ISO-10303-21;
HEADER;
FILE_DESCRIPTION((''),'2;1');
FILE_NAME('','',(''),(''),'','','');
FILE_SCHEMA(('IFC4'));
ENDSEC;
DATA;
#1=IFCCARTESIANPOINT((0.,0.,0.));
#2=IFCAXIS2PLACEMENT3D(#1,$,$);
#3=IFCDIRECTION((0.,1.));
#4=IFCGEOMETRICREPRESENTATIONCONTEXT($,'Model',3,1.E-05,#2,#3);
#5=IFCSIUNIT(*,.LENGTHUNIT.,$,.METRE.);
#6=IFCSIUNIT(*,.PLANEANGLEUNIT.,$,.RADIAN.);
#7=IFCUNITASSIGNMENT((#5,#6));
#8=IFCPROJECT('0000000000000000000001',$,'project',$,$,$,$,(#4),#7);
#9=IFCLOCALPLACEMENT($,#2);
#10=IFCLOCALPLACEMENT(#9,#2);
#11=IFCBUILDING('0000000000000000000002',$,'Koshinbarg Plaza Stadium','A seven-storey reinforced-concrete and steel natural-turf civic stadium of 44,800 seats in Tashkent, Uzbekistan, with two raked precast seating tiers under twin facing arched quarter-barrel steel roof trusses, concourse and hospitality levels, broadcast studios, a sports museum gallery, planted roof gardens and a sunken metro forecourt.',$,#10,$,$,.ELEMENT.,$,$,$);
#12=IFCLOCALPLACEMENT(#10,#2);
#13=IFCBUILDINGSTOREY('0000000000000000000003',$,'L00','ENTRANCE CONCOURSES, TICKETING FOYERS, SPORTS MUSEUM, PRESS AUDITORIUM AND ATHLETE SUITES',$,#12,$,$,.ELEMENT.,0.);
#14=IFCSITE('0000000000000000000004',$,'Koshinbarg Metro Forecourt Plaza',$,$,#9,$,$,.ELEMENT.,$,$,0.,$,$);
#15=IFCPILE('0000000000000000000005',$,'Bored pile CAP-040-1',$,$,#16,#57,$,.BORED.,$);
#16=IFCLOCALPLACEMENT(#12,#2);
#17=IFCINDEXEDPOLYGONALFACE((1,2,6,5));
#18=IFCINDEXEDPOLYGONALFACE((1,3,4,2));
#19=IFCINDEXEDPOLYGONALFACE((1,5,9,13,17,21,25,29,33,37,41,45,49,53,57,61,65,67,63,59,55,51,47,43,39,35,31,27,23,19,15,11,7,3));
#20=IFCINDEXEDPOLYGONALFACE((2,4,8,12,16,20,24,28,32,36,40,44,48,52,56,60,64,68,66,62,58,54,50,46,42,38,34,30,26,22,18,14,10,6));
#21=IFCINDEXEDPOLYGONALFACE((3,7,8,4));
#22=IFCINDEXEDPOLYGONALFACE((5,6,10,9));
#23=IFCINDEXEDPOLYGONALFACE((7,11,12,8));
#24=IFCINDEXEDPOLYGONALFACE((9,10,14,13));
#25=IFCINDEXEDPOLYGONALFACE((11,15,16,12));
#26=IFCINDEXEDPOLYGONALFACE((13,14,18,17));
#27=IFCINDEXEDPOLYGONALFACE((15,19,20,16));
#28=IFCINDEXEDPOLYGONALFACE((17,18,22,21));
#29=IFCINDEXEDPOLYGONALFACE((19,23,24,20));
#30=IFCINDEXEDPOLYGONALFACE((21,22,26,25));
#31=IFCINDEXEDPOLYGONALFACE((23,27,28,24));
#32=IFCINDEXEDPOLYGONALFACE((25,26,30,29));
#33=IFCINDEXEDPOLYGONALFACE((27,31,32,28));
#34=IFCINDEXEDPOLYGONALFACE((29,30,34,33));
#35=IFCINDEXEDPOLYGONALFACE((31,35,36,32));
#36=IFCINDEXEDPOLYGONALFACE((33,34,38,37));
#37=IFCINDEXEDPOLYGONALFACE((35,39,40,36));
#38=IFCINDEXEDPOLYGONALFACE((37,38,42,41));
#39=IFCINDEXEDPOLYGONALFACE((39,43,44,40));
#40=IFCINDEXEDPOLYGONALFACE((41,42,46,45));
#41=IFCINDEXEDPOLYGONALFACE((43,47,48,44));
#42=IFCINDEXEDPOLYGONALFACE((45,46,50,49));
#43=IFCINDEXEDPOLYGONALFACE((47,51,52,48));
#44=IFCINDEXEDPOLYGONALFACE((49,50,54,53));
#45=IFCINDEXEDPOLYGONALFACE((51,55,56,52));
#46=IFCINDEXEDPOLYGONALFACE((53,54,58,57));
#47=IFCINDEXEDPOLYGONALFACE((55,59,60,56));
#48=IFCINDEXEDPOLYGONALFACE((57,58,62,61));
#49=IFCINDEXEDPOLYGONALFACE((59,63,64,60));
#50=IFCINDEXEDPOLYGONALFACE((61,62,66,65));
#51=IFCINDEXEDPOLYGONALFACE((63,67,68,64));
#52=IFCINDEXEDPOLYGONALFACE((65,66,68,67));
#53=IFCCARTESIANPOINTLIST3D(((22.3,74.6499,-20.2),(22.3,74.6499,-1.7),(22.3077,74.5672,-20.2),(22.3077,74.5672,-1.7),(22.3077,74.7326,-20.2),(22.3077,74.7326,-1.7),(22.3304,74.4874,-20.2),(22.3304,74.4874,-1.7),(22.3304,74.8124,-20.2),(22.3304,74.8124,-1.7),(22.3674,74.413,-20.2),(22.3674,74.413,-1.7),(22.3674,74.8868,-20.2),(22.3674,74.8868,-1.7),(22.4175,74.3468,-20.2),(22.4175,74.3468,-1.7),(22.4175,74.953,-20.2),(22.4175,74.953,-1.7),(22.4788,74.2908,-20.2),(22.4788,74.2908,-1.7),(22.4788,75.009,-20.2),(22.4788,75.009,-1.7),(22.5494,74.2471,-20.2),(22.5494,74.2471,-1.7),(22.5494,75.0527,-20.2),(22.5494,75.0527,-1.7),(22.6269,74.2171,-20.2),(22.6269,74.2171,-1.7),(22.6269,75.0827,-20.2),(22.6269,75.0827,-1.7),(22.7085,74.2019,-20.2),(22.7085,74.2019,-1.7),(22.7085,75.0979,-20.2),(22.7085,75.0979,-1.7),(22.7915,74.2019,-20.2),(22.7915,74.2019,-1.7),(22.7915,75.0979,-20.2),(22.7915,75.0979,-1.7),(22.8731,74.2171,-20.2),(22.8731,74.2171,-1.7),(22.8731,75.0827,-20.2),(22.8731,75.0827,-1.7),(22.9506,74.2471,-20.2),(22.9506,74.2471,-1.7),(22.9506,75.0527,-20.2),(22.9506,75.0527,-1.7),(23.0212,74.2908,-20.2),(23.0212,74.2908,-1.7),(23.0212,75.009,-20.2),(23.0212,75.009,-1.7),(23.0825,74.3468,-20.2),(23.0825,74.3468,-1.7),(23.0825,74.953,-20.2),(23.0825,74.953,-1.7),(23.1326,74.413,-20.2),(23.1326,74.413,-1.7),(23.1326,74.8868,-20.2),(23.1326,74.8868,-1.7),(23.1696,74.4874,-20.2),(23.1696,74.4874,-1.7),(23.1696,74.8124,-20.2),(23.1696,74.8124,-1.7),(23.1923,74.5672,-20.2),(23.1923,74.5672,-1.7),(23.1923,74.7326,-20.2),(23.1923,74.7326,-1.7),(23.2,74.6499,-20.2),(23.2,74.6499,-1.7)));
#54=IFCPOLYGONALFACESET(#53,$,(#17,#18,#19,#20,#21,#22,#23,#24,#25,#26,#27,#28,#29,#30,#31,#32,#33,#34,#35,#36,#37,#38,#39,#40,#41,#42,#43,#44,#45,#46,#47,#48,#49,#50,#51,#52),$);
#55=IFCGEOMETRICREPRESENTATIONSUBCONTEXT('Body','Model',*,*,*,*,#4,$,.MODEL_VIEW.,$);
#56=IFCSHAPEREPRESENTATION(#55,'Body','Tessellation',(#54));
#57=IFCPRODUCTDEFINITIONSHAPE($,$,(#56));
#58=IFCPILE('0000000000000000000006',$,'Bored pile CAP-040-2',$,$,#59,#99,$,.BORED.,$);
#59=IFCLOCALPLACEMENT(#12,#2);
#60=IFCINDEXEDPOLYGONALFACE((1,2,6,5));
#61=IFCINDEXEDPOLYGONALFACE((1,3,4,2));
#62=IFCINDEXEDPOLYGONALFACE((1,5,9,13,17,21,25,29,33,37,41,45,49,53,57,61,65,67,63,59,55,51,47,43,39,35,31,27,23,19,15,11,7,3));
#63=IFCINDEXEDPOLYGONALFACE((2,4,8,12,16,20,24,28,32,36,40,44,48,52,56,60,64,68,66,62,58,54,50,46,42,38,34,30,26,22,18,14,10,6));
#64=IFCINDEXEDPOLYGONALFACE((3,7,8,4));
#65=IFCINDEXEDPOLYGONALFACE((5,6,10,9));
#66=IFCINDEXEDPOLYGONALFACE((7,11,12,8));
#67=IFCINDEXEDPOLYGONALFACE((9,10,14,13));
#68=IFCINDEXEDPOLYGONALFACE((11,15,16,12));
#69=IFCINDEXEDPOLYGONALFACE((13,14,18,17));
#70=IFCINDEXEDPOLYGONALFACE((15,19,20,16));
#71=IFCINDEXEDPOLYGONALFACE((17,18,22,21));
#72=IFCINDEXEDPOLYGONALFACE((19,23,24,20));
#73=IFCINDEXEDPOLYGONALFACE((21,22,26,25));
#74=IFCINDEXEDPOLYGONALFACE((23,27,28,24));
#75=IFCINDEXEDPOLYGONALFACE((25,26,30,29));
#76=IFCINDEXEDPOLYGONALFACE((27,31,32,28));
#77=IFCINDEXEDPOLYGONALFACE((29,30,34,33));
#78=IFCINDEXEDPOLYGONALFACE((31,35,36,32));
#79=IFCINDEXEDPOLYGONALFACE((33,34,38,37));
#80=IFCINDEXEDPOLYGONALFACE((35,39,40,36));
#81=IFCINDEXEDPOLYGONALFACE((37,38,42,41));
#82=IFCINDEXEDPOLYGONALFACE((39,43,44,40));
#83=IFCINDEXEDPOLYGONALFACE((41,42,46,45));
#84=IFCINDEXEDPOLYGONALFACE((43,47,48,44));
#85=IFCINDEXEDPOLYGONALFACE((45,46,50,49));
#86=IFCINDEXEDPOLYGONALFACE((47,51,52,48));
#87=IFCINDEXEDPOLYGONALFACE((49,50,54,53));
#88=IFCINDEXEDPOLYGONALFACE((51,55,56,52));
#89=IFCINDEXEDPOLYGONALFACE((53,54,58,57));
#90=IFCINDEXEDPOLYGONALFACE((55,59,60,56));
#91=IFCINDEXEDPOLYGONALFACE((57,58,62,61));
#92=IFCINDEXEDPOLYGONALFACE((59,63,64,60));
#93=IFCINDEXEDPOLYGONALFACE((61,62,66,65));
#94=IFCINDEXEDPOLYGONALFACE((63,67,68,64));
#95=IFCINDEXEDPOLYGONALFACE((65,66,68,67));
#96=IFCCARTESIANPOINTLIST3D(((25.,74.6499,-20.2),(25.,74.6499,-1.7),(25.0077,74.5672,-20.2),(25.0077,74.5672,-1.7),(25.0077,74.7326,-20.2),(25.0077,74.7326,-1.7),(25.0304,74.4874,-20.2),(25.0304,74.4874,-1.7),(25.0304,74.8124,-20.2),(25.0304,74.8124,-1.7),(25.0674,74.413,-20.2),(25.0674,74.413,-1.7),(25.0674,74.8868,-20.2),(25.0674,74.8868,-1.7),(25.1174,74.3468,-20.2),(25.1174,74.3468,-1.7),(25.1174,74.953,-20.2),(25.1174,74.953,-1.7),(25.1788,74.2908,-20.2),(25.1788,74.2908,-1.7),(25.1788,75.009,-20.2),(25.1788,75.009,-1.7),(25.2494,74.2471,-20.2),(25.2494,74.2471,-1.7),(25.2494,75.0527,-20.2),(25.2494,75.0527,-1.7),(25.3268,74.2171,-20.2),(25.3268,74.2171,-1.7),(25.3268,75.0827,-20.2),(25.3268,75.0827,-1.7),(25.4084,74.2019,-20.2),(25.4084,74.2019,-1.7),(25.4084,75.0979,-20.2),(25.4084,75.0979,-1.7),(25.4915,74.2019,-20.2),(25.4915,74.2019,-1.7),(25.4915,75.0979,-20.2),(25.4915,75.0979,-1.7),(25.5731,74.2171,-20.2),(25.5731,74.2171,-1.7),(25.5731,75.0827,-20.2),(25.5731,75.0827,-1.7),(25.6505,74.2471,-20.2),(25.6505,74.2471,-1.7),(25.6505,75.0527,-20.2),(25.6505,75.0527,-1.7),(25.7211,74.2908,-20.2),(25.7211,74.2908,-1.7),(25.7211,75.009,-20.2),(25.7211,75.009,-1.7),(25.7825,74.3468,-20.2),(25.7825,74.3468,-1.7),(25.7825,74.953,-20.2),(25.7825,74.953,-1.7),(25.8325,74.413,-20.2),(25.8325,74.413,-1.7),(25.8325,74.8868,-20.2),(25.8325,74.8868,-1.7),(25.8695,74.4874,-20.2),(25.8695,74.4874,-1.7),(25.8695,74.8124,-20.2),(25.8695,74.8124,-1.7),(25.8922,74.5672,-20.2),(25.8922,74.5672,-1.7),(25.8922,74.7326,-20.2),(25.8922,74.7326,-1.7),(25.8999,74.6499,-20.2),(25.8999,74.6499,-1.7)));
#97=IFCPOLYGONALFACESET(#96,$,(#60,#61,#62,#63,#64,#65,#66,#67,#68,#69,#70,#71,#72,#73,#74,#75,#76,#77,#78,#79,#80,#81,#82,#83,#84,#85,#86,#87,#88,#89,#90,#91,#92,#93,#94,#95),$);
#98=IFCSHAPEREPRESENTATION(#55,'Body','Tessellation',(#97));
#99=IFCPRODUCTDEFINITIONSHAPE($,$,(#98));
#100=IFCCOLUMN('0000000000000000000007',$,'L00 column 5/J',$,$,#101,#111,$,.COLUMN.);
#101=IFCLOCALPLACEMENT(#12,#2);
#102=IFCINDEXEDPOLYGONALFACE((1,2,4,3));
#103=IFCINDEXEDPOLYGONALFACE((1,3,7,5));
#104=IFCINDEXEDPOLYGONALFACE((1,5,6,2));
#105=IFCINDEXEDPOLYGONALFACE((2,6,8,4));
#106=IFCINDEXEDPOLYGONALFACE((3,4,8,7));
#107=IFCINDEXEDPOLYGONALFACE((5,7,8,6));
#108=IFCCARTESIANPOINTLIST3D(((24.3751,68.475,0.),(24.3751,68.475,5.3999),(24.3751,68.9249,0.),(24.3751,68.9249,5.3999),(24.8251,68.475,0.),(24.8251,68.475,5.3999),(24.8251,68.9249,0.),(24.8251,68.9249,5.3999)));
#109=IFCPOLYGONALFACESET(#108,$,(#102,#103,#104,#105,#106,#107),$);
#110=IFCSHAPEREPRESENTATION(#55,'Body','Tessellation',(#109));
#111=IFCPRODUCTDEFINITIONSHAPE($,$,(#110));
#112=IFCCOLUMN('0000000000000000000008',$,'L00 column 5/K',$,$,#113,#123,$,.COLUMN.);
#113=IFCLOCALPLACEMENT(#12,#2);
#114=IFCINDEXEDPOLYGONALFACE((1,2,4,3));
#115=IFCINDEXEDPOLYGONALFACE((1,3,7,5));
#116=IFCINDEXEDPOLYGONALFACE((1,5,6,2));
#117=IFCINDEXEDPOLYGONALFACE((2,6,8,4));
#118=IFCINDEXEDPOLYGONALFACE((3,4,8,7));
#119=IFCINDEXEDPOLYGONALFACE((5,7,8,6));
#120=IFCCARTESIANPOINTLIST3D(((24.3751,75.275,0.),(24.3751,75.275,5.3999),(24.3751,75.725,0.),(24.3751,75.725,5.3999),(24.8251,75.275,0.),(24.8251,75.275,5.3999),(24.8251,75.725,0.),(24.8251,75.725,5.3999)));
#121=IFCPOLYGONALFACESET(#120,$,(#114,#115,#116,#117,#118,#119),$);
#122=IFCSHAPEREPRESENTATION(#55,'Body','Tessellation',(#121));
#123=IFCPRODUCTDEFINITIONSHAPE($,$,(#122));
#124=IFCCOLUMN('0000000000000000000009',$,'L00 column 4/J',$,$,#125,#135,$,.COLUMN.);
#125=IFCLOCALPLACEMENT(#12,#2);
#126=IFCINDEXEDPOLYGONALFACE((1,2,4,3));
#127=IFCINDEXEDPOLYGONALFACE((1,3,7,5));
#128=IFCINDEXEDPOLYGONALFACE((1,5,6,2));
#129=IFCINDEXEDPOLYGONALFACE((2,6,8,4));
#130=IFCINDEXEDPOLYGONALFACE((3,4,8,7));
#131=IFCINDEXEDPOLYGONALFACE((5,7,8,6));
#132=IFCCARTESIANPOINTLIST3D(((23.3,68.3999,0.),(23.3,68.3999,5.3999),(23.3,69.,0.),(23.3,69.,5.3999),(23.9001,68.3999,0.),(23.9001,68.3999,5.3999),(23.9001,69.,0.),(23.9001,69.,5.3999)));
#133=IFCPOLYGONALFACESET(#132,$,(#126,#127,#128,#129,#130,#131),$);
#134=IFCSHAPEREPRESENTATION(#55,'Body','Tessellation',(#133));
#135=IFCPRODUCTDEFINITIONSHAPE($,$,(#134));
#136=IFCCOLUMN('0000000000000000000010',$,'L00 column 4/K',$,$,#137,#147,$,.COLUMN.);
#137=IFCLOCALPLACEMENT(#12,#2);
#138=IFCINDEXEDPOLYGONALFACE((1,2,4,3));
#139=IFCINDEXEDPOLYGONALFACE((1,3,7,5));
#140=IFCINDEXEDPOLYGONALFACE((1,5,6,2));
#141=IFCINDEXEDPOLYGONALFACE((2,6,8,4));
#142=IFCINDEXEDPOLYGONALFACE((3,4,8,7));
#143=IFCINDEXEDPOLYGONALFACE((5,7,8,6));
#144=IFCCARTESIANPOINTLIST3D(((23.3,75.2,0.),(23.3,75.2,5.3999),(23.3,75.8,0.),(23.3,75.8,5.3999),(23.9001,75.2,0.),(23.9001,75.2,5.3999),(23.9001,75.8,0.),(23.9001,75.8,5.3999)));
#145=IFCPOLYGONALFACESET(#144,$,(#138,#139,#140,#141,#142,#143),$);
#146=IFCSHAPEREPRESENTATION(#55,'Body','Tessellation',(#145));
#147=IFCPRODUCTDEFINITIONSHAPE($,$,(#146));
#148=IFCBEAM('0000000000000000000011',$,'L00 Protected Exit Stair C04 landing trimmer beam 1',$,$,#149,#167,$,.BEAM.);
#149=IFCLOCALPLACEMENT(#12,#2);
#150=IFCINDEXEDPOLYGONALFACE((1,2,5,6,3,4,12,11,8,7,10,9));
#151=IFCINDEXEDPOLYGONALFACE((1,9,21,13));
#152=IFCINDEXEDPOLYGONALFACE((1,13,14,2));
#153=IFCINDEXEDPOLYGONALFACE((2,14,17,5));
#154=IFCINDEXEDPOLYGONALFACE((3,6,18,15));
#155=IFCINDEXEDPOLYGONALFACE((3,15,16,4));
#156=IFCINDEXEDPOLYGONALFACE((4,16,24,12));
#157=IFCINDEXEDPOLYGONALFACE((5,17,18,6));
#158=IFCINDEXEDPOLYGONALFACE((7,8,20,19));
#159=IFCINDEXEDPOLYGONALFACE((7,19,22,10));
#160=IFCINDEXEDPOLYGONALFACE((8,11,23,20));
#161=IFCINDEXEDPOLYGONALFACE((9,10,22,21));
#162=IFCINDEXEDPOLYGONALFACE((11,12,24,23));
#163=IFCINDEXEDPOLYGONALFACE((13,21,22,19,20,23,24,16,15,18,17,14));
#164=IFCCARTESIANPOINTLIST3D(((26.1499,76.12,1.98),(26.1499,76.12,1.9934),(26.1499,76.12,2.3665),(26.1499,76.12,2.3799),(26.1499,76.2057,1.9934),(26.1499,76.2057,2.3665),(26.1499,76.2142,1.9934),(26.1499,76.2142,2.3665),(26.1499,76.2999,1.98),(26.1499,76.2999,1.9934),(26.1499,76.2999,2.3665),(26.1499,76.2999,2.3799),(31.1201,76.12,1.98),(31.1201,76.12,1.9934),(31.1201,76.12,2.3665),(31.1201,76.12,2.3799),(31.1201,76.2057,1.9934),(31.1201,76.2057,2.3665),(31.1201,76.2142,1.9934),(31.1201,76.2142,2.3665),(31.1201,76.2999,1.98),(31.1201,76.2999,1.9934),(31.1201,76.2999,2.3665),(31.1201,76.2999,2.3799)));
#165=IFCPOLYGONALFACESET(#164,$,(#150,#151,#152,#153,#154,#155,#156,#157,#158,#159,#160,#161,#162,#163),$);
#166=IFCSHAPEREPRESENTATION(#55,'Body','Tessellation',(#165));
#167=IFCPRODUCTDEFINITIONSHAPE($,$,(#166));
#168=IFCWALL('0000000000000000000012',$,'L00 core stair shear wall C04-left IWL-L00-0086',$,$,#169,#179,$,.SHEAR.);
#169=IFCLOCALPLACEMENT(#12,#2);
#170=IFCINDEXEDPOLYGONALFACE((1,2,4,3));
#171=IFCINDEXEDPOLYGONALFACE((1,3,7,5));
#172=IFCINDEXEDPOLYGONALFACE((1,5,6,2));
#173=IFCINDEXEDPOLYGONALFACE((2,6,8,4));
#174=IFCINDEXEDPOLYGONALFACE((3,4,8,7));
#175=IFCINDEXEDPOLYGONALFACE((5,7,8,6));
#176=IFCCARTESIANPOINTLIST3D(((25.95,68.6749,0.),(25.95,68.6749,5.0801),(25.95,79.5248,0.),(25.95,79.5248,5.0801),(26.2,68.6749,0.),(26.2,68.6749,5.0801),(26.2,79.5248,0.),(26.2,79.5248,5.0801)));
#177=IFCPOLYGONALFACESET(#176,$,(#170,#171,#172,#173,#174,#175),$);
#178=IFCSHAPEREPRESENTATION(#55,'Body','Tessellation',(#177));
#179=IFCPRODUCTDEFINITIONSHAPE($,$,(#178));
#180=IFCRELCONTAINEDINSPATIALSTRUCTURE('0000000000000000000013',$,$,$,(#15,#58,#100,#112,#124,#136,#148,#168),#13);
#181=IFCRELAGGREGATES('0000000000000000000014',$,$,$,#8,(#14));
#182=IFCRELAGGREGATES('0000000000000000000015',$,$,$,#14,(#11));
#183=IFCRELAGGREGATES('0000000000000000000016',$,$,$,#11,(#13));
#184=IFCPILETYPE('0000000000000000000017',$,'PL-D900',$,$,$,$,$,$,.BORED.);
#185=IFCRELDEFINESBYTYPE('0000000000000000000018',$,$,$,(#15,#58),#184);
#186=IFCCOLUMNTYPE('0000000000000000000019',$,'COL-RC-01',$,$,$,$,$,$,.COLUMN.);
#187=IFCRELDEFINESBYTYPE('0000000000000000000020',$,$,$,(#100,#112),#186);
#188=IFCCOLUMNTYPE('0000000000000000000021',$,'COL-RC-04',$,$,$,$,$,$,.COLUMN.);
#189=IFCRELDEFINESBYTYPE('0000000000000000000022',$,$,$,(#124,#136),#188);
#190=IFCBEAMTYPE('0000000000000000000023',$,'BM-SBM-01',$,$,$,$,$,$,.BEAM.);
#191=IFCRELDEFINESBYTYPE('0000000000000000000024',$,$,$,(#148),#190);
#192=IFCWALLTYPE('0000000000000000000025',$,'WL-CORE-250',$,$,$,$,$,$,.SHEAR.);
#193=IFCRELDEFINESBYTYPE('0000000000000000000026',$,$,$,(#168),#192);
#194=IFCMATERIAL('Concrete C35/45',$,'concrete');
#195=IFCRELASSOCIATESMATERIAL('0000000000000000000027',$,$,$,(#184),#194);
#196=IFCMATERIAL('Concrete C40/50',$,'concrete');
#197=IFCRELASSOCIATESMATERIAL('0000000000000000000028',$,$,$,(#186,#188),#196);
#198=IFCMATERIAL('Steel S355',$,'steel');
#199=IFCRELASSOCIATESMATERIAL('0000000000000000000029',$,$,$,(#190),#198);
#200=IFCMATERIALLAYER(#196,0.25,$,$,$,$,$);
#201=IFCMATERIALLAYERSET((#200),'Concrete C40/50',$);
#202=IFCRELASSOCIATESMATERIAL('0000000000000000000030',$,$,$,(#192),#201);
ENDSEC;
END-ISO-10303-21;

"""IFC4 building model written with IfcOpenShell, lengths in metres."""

from ifc_helpers import new_model, si_unit, direction, frame, frame_2d, origin, origin_2d, place, context, subcontext, project, spatial, rectangle, circle, i_section, extrude, material, layer, layer_set, material_profile, profile_set, type_object, element, save


model = new_model("IFC4")

# Units and contexts
model_context = context("Model", 3, precision=1e-05, world=origin(), true_north=direction((0.0, 1.0)))
body_context = subcontext(model_context, "Body", "Model", "MODEL_VIEW")
ifc_project = project(units=[si_unit("LENGTHUNIT", "METRE"), si_unit("PLANEANGLEUNIT", "RADIAN")], contexts=[model_context])

# Site, building, storey
site_placement = place(None, origin())
site = spatial("IfcSite", under=ifc_project, at=site_placement, Name="Koshinbarg Metro Forecourt Plaza", CompositionType="ELEMENT", RefElevation=0.0)
building_placement = place(site_placement, origin())
building = spatial("IfcBuilding", under=site, at=building_placement, Name="Koshinbarg Plaza Stadium", Description="A seven-storey reinforced-concrete and steel natural-turf civic stadium of 44,800 seats in Tashkent, Uzbekistan, with two raked precast seating tiers under twin facing arched quarter-barrel steel roof trusses, concourse and hospitality levels, broadcast studios, a sports museum gallery, planted roof gardens and a sunken metro forecourt.", CompositionType="ELEMENT")
storey_placement = place(building_placement, origin())
storey = spatial("IfcBuildingStorey", under=building, at=storey_placement, Name="L00", Description="ENTRANCE CONCOURSES, TICKETING FOYERS, SPORTS MUSEUM, PRESS AUDITORIUM AND ATHLETE SUITES", CompositionType="ELEMENT", Elevation=0.0)

# Shared definitions
ifc_material_1 = material(Name="Concrete C35/45", Category="concrete")

# Piles
ifc_material_profile_1 = material_profile(ifc_material_1, circle(Radius=0.45, at=origin_2d()), Name="PILE D900")
ifc_profile_set_1 = profile_set([ifc_material_profile_1], Name="Concrete C35/45")
pile_type_1 = type_object("IfcPileType", Name="PL-D900", PredefinedType="BORED", material=ifc_profile_set_1)
for number, where, z_axis, x_axis, name in (
    (1, (22.75, 74.6499, -1.7), (0.0, 0.0, -1.0), (1.0, 0.0, 0.0), "Bored pile CAP-040-1"),
    (2, (25.45, 74.6499, -1.7), (0.0, 0.0, -1.0), (1.0, 0.0, 0.0), "Bored pile CAP-040-2"),
):
    element("IfcPile", number, at=place(storey_placement, frame(where, z_axis=z_axis, x_axis=x_axis)), inside=storey, type_object=pile_type_1, Name=name, PredefinedType="BORED", context=body_context, shape_type="SweptSolid", body=[
        extrude(circle(Radius=0.45, at=origin_2d()), origin(), (0.0, 0.0, 1.0), 18.5),
    ])

# Columns
ifc_material_2 = material(Name="Concrete C40/50", Category="concrete")
ifc_material_profile_2 = material_profile(ifc_material_2, rectangle(XDim=0.45, YDim=0.45, at=origin_2d()), Name="RC 450x450")
ifc_profile_set_2 = profile_set([ifc_material_profile_2], Name="Concrete C40/50")
column_type_1 = type_object("IfcColumnType", Name="COL-RC-01", PredefinedType="COLUMN", material=ifc_profile_set_2)
for number, where, z_axis, x_axis, name in (
    (3, (24.6001, 68.7, 0.0), (0.0, 0.0, 1.0), (1.0, 0.0, 0.0), "L00 column 5/J"),
    (4, (24.6001, 75.5, 0.0), (0.0, 0.0, 1.0), (1.0, 0.0, 0.0), "L00 column 5/K"),
):
    element("IfcColumn", number, at=place(storey_placement, frame(where, z_axis=z_axis, x_axis=x_axis)), inside=storey, type_object=column_type_1, Name=name, PredefinedType="COLUMN", context=body_context, shape_type="SweptSolid", body=[
        extrude(rectangle(XDim=0.45, YDim=0.45, at=origin_2d()), origin(), (0.0, 0.0, 1.0), 5.3999),
    ])
ifc_material_profile_3 = material_profile(ifc_material_2, rectangle(XDim=0.6001, YDim=0.6001, at=origin_2d()), Name="RC 600x600")
ifc_profile_set_3 = profile_set([ifc_material_profile_3], Name="Concrete C40/50")
column_type_2 = type_object("IfcColumnType", Name="COL-RC-04", PredefinedType="COLUMN", material=ifc_profile_set_3)
for number, where, z_axis, x_axis, name in (
    (5, (23.6001, 68.7, 0.0), (0.0, 0.0, 1.0), (1.0, 0.0, 0.0), "L00 column 4/J"),
    (6, (23.6001, 75.5, 0.0), (0.0, 0.0, 1.0), (1.0, 0.0, 0.0), "L00 column 4/K"),
):
    element("IfcColumn", number, at=place(storey_placement, frame(where, z_axis=z_axis, x_axis=x_axis)), inside=storey, type_object=column_type_2, Name=name, PredefinedType="COLUMN", context=body_context, shape_type="SweptSolid", body=[
        extrude(rectangle(XDim=0.6001, YDim=0.6001, at=origin_2d()), origin(), (0.0, 0.0, 1.0), 5.3999),
    ])

# Beam
ifc_material_3 = material(Name="Steel S355", Category="steel")
ifc_material_profile_4 = material_profile(ifc_material_3, i_section(OverallWidth=0.1799, OverallDepth=0.3999, WebThickness=0.0085, FlangeThickness=0.0134, at=origin_2d()), Name="IPE 400")
ifc_profile_set_4 = profile_set([ifc_material_profile_4], Name="Steel S355")
beam_type = type_object("IfcBeamType", Name="BM-SBM-01", PredefinedType="BEAM", material=ifc_profile_set_4)
beam_placement = place(storey_placement, frame((26.1499, 76.21, 2.1799), z_axis=(1.0, 0.0, 0.0), x_axis=(0.0, 1.0, 0.0)))
element("IfcBeam", 7, at=beam_placement, inside=storey, type_object=beam_type, Name="L00 Protected Exit Stair C04 landing trimmer beam 1", PredefinedType="BEAM", context=body_context, shape_type="SweptSolid", body=[
    extrude(i_section(OverallWidth=0.1799, OverallDepth=0.3999, WebThickness=0.0085, FlangeThickness=0.0134, at=origin_2d()), origin(), (0.0, 0.0, 1.0), 4.9702),
])

# Wall
ifc_layer_1 = layer(ifc_material_2, 0.25)
ifc_layer_set_1 = layer_set([ifc_layer_1], Name="Concrete C40/50")
wall_type_1 = type_object("IfcWallType", Name="WL-CORE-250", PredefinedType="SHEAR", material=ifc_layer_set_1)
wall_1_placement = place(storey_placement, frame((26.075, 68.675, 0.0), z_axis=(0.0, 0.0, 1.0), x_axis=(0.0, 1.0, 0.0)))
element("IfcWall", 8, at=wall_1_placement, inside=storey, type_object=wall_type_1, Name="L00 core stair shear wall C04-left IWL-L00-0086", PredefinedType="SHEAR", context=body_context, shape_type="SweptSolid", body=[
    extrude(rectangle(XDim=10.8499, YDim=0.25, at=frame_2d((5.4248, 0.0))), origin(), (0.0, 0.0, 1.0), 5.0801),
])

save(model, "model.ifc")
